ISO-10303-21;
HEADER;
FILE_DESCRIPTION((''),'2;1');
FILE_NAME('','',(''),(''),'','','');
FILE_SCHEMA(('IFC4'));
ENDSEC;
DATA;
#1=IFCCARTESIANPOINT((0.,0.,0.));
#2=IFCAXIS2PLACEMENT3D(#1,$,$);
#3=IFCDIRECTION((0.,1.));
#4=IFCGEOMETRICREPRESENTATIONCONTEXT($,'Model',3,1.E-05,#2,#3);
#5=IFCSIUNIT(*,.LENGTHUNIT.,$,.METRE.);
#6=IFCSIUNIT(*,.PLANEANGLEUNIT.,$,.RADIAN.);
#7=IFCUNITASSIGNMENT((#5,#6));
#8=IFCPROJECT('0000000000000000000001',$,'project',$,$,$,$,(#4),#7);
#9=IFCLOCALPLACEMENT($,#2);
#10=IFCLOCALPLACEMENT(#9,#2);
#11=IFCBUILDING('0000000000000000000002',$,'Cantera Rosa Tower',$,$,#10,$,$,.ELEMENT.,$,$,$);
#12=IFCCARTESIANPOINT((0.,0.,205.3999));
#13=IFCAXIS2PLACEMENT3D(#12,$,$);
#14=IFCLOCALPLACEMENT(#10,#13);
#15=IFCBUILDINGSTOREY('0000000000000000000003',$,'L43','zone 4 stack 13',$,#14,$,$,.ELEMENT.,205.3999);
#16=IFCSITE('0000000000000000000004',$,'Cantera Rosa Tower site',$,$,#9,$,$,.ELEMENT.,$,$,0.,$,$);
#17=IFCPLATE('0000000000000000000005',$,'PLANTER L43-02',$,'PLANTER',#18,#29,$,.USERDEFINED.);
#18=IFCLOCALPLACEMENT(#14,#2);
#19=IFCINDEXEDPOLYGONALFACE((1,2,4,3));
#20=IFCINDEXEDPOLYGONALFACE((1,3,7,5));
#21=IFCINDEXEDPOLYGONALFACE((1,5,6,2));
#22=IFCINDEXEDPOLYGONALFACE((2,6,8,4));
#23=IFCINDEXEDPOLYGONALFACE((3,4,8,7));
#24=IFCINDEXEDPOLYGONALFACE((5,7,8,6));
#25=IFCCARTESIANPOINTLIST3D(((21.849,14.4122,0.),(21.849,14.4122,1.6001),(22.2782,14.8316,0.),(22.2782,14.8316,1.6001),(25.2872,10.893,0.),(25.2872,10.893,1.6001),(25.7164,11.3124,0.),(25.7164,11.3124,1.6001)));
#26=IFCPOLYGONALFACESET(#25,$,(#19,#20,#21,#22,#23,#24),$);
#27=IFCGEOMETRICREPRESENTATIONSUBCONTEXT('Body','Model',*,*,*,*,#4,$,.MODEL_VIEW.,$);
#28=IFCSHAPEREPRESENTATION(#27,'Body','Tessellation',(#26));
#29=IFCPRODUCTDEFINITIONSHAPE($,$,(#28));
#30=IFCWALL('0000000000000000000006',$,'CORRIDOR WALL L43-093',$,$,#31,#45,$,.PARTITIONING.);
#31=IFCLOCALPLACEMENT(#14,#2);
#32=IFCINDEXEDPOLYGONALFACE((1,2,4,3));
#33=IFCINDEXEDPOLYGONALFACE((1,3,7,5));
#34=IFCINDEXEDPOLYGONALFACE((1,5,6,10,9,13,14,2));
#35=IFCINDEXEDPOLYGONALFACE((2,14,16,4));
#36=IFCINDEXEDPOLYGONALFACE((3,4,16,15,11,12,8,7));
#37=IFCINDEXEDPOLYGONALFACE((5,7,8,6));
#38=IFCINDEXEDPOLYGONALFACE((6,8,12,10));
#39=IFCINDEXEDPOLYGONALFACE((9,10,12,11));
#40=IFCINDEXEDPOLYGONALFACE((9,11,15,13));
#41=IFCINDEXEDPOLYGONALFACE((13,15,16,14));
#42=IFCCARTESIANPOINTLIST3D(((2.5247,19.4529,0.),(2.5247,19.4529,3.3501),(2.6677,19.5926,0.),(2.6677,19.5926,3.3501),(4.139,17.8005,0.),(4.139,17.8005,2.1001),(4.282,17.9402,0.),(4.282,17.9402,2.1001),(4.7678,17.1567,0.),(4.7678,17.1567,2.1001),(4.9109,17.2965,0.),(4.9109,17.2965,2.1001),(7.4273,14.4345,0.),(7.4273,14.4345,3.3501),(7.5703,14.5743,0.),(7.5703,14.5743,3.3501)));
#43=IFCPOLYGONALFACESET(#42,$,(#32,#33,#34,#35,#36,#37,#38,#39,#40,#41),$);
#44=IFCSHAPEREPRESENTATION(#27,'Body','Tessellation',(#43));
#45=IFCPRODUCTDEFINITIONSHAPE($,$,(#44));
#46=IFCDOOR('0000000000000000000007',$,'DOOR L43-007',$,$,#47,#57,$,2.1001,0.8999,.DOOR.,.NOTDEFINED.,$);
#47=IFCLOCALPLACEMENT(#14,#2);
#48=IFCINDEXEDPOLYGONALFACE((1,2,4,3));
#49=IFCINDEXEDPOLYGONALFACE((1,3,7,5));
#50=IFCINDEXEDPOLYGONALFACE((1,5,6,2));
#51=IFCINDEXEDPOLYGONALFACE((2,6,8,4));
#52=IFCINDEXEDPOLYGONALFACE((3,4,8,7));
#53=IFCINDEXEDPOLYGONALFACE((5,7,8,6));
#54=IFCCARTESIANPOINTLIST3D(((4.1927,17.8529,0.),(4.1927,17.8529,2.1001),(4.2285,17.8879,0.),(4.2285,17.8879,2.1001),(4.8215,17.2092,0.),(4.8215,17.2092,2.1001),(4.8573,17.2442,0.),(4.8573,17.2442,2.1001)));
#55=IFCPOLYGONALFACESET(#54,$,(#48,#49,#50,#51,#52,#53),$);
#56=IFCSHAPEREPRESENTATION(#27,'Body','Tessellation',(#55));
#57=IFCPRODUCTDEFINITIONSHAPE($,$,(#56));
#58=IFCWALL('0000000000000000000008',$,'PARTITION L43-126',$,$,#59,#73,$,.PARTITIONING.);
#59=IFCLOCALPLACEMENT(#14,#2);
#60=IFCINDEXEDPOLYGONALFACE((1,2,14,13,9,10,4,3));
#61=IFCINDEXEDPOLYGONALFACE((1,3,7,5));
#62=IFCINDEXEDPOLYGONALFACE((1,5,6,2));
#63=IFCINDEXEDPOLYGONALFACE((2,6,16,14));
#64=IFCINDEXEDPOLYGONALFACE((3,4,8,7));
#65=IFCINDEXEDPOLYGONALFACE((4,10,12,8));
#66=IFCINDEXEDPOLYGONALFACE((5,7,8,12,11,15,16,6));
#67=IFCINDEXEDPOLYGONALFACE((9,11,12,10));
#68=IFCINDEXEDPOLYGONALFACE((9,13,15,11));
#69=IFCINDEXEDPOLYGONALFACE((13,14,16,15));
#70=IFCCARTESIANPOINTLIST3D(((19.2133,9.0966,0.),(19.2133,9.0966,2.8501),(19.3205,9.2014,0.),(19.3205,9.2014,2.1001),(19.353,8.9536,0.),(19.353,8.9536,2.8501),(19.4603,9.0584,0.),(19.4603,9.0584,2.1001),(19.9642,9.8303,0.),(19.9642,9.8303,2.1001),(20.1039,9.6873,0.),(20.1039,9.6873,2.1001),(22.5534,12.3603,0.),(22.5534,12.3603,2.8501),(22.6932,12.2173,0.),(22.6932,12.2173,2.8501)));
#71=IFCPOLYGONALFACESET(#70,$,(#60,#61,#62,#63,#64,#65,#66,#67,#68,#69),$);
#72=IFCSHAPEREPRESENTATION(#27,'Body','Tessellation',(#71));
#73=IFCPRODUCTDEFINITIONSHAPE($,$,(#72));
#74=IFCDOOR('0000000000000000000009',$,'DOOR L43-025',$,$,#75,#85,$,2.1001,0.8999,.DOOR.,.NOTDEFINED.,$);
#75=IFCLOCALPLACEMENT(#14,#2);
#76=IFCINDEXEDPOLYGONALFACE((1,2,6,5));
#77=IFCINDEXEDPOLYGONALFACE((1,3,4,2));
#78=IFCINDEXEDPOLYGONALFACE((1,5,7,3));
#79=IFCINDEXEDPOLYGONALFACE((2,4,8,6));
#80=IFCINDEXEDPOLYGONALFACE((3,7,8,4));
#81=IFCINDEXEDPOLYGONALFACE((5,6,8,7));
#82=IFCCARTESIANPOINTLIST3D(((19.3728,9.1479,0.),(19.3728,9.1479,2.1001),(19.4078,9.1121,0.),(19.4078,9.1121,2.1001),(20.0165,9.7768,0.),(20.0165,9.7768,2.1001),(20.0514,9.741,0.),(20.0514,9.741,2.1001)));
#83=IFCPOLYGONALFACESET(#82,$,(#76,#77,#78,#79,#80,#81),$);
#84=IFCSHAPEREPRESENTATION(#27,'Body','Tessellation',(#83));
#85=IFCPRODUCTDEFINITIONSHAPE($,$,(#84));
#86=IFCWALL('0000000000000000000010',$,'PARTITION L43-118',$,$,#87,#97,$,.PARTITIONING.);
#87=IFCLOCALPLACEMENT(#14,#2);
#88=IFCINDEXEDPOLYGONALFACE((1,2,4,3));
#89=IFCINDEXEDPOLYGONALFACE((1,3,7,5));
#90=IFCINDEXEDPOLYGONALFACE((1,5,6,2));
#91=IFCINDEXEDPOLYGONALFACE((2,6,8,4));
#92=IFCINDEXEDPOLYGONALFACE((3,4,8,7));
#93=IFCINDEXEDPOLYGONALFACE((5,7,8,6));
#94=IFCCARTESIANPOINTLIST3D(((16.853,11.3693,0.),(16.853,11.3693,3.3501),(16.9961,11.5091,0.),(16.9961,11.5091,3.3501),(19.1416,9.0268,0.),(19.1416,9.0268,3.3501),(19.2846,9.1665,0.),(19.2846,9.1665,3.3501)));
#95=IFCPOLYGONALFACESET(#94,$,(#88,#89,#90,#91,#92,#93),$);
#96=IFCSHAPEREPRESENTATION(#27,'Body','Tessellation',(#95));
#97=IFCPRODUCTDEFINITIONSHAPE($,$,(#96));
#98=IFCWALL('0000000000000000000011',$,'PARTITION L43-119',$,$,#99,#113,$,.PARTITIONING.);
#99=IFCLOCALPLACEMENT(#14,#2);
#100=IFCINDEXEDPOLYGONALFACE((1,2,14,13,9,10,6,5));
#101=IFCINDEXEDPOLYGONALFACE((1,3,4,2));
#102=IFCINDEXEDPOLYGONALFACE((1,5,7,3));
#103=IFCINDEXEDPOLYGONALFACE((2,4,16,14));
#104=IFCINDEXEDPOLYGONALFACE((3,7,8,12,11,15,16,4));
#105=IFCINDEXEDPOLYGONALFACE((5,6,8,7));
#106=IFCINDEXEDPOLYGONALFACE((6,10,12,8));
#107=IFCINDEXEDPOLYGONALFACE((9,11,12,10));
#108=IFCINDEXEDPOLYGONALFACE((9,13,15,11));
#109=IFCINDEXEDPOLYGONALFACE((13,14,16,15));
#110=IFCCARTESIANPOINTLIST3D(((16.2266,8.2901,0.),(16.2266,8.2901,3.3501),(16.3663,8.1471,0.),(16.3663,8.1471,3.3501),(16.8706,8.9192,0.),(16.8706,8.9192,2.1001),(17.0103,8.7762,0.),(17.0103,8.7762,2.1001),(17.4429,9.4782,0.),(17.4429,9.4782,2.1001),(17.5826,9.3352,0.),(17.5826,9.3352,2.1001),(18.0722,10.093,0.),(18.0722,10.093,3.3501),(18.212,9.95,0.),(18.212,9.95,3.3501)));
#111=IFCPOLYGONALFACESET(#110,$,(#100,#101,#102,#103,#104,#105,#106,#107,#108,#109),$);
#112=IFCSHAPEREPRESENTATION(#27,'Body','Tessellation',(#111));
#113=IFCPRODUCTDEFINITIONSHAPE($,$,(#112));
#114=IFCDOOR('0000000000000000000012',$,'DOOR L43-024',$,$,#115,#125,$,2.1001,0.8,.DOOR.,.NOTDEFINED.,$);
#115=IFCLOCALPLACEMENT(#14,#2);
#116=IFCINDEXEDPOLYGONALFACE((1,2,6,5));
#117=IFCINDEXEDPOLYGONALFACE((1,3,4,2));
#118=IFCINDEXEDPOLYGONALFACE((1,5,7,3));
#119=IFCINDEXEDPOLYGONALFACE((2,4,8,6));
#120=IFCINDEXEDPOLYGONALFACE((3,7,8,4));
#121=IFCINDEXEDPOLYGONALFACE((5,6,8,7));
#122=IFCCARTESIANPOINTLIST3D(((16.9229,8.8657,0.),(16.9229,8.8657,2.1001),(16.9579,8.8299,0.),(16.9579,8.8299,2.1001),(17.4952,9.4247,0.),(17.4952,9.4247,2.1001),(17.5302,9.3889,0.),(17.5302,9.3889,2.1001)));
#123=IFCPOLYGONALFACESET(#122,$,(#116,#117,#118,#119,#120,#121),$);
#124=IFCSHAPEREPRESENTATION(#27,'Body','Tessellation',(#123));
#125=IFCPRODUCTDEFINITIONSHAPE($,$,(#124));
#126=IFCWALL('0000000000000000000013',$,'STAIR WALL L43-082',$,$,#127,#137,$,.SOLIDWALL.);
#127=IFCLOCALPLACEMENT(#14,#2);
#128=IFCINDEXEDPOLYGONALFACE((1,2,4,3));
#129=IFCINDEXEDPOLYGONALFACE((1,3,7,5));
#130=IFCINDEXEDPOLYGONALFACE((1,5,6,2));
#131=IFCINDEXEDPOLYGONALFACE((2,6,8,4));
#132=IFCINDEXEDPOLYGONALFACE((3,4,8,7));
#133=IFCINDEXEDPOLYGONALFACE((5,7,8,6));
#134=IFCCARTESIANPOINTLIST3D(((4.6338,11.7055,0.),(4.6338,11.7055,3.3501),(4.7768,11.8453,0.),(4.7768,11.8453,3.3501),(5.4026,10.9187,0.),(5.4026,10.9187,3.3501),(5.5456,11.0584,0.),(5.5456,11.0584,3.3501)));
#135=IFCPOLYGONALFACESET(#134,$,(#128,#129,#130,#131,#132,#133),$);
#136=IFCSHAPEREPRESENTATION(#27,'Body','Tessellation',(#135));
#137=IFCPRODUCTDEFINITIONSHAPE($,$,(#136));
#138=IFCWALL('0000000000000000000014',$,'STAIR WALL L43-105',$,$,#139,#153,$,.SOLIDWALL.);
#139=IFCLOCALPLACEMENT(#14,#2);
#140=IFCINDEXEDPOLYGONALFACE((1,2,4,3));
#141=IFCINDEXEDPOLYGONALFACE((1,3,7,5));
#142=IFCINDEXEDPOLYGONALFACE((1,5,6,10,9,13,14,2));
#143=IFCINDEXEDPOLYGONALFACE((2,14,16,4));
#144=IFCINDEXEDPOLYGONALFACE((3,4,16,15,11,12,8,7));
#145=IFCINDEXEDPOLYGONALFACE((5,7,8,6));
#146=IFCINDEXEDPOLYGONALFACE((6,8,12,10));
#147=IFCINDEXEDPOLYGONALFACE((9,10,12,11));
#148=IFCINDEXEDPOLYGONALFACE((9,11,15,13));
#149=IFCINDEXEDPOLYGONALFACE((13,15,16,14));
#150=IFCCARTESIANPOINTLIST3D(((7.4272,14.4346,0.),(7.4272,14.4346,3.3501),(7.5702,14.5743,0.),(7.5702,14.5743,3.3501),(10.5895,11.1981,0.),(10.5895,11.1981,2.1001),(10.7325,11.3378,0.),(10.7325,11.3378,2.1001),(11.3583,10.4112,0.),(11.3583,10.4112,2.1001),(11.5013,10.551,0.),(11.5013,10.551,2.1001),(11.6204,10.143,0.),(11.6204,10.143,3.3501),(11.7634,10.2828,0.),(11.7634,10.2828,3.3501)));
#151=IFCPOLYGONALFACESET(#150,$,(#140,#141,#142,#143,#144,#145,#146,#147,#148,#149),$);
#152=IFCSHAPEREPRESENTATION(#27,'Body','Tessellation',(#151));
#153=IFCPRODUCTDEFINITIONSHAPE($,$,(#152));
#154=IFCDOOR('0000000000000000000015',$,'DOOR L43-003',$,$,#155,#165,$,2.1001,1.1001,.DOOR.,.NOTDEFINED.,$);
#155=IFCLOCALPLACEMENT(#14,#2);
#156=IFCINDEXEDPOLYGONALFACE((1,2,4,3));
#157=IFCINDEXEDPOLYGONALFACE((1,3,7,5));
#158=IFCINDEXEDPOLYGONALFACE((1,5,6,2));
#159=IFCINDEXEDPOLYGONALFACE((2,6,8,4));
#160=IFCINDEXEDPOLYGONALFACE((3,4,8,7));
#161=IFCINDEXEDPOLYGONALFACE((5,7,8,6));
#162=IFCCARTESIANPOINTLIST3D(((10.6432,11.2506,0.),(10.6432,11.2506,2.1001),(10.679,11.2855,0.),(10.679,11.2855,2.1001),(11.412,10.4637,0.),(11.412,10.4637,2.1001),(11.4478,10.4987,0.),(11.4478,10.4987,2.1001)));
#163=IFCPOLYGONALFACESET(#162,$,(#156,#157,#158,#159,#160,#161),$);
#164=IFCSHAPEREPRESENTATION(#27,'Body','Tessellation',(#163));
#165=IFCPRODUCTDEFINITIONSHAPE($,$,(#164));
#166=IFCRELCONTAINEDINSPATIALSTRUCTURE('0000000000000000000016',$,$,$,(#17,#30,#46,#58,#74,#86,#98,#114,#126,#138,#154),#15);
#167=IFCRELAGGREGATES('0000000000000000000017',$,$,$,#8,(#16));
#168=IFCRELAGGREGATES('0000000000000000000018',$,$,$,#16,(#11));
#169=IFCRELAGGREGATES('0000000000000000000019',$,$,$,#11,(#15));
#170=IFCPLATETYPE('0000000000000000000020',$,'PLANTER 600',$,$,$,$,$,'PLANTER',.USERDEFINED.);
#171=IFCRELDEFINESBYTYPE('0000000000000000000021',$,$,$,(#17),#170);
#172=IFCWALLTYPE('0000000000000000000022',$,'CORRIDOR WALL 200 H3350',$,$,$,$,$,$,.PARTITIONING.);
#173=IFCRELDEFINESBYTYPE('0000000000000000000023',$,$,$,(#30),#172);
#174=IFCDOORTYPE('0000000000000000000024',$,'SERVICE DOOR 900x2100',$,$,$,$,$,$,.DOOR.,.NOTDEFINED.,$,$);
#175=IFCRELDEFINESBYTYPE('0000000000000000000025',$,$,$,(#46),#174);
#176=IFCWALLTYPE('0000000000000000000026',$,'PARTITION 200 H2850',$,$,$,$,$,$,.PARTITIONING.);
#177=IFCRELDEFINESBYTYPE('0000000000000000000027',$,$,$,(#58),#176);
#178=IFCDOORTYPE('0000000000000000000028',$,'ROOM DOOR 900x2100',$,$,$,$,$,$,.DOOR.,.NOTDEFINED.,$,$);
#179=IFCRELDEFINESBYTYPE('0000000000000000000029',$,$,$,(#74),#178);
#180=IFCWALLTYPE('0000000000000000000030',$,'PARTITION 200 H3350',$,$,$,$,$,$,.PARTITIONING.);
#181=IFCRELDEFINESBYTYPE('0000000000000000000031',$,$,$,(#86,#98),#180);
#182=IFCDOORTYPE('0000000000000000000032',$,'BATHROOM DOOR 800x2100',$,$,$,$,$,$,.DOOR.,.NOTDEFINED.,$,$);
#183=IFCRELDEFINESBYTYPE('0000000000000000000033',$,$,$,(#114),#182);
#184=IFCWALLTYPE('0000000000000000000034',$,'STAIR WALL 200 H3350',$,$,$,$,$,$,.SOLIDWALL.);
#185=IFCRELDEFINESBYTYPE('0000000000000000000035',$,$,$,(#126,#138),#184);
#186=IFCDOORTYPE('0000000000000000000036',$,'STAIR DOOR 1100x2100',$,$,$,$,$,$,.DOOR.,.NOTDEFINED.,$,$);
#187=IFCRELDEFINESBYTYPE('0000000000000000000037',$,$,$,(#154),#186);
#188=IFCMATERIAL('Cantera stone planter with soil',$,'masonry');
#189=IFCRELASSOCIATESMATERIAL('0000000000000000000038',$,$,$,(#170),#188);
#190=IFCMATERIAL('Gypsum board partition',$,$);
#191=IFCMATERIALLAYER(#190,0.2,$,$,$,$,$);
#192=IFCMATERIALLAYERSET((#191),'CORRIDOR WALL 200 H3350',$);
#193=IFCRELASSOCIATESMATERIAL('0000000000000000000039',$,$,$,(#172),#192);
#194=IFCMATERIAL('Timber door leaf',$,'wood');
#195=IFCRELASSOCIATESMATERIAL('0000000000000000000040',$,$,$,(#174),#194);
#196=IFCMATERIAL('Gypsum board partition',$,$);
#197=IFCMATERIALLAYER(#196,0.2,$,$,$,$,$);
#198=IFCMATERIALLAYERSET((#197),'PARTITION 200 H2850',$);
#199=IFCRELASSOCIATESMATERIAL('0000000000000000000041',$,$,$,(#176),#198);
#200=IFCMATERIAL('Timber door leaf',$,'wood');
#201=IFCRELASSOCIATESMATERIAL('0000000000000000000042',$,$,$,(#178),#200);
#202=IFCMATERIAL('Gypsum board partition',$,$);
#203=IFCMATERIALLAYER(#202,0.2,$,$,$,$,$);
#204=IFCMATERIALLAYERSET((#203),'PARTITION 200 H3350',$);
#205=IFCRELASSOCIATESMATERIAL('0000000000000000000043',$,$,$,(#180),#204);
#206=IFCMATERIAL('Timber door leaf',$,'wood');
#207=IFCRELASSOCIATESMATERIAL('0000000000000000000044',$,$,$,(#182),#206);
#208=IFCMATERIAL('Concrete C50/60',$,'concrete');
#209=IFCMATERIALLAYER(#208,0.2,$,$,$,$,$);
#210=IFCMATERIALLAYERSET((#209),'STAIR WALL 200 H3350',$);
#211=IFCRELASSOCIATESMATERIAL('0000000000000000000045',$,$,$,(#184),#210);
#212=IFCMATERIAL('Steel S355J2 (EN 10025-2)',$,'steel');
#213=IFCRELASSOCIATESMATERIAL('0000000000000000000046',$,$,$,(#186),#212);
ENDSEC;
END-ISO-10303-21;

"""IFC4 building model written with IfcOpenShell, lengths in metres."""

from ifc_helpers import new_model, si_unit, direction, frame, frame_2d, origin, origin_2d, place, context, subcontext, project, spatial, rectangle, extrude, material, layer, layer_set, type_object, element, fill, save


model = new_model("IFC4")

# Units and contexts
model_context = context("Model", 3, precision=1e-05, world=origin(), true_north=direction((0.0, 1.0)))
body_context = subcontext(model_context, "Body", "Model", "MODEL_VIEW")
ifc_project = project(units=[si_unit("LENGTHUNIT", "METRE"), si_unit("PLANEANGLEUNIT", "RADIAN")], contexts=[model_context])

# Site, building, storey
site_placement = place(None, origin())
site = spatial("IfcSite", under=ifc_project, at=site_placement, Name="Cantera Rosa Tower site", CompositionType="ELEMENT", RefElevation=0.0)
building_placement = place(site_placement, origin())
building = spatial("IfcBuilding", under=site, at=building_placement, Name="Cantera Rosa Tower", CompositionType="ELEMENT")
storey_placement = place(building_placement, frame((0.0, 0.0, 205.3999)))
storey = spatial("IfcBuildingStorey", under=building, at=storey_placement, Name="L43", Description="zone 4 stack 13", CompositionType="ELEMENT", Elevation=205.3999)

# Plate
ifc_material_1 = material(Name="Cantera stone planter with soil", Category="masonry")
plate_type = type_object("IfcPlateType", Name="PLANTER 600", ElementType="PLANTER", PredefinedType="USERDEFINED", material=ifc_material_1)
plate_placement = place(storey_placement, frame((23.7827, 12.8623, 0.0), z_axis=(0.0, 0.0, 1.0), x_axis=(-0.698832, 0.715286, 0.0)))
element("IfcPlate", 1, at=plate_placement, inside=storey, type_object=plate_type, Name="PLANTER L43-02", ObjectType="PLANTER", PredefinedType="USERDEFINED", context=body_context, shape_type="SweptSolid", body=[
    extrude(rectangle(XDim=4.9199, YDim=0.6001, at=origin_2d()), origin(), (0.0, 0.0, 1.0), 1.6001),
])

# Wall, opening, door
ifc_material_2 = material(Name="Gypsum board partition")
ifc_layer_1 = layer(ifc_material_2, 0.2)
ifc_layer_set_1 = layer_set([ifc_layer_1], Name="CORRIDOR WALL 200 H3350")
wall_type_1 = type_object("IfcWallType", Name="CORRIDOR WALL 200 H3350", PredefinedType="PARTITIONING", material=ifc_layer_set_1)
wall_1_placement = place(storey_placement, frame((7.4988, 14.5044, 0.0), z_axis=(0.0, 0.0, 1.0), x_axis=(-0.698811, 0.715306, 0.0)))
wall_1 = element("IfcWall", 2, at=wall_1_placement, inside=storey, type_object=wall_type_1, Name="CORRIDOR WALL L43-093", PredefinedType="PARTITIONING", context=body_context, shape_type="SweptSolid", body=[
    extrude(rectangle(XDim=7.0156, YDim=0.2, at=frame_2d((3.5078, 0.0))), origin(), (0.0, 0.0, 1.0), 3.3501),
])
opening_1_placement = place(wall_1_placement, frame((3.8057, 0.0, 0.0)))
opening_1 = element("IfcOpeningElement", 3, at=opening_1_placement, cuts=wall_1, PredefinedType="OPENING", context=body_context, shape_type="SweptSolid", body=[
    extrude(rectangle(XDim=0.8999, YDim=2.1001, at=frame_2d((0.45, 1.05))), frame((0.0, 0.1099, 0.0), z_axis=(0.0, -1.0, 0.0), x_axis=(1.0, 0.0, 0.0)), (0.0, 0.0, 1.0), 0.22),
])
ifc_material_3 = material(Name="Timber door leaf", Category="wood")
door_type_1 = type_object("IfcDoorType", Name="SERVICE DOOR 900x2100", OperationType="NOTDEFINED", PredefinedType="DOOR", material=ifc_material_3)
door_1_placement = place(opening_1_placement, origin())
door_1 = element("IfcDoor", 4, at=door_1_placement, inside=storey, type_object=door_type_1, Name="DOOR L43-007", OperationType="NOTDEFINED", OverallHeight=2.1001, OverallWidth=0.8999, PredefinedType="DOOR", context=body_context, shape_type="SweptSolid", body=[
    extrude(rectangle(XDim=0.8999, YDim=2.1001, at=frame_2d((0.45, 1.05))), frame((0.0, 0.0249, 0.0), z_axis=(0.0, -1.0, 0.0), x_axis=(1.0, 0.0, 0.0)), (0.0, 0.0, 1.0), 0.05),
])
fill(opening_1, door_1)

# Wall, opening, door
ifc_material_4 = material(Name="Gypsum board partition")
ifc_layer_2 = layer(ifc_material_4, 0.2)
ifc_layer_set_2 = layer_set([ifc_layer_2], Name="PARTITION 200 H2850")
wall_type_2 = type_object("IfcWallType", Name="PARTITION 200 H2850", PredefinedType="PARTITIONING", material=ifc_layer_set_2)
wall_2_placement = place(storey_placement, frame((22.6233, 12.2888, 0.0), z_axis=(0.0, 0.0, 1.0), x_axis=(-0.715241, -0.698878, 0.0)))
wall_2 = element("IfcWall", 5, at=wall_2_placement, inside=storey, type_object=wall_type_2, Name="PARTITION L43-126", PredefinedType="PARTITIONING", context=body_context, shape_type="SweptSolid", body=[
    extrude(rectangle(XDim=4.6699, YDim=0.2, at=frame_2d((2.335, 0.0))), origin(), (0.0, 0.0, 1.0), 2.8501),
])
opening_2_placement = place(wall_2_placement, frame((3.6201, 0.0, 0.0)))
opening_2 = element("IfcOpeningElement", 6, at=opening_2_placement, cuts=wall_2, PredefinedType="OPENING", context=body_context, shape_type="SweptSolid", body=[
    extrude(rectangle(XDim=0.8999, YDim=2.1001, at=frame_2d((0.45, 1.05))), frame((0.0, 0.1099, 0.0), z_axis=(0.0, -1.0, 0.0), x_axis=(1.0, 0.0, 0.0)), (0.0, 0.0, 1.0), 0.22),
])
ifc_material_5 = material(Name="Timber door leaf", Category="wood")
door_type_2 = type_object("IfcDoorType", Name="ROOM DOOR 900x2100", OperationType="NOTDEFINED", PredefinedType="DOOR", material=ifc_material_5)
door_2_placement = place(opening_2_placement, origin())
door_2 = element("IfcDoor", 7, at=door_2_placement, inside=storey, type_object=door_type_2, Name="DOOR L43-025", OperationType="NOTDEFINED", OverallHeight=2.1001, OverallWidth=0.8999, PredefinedType="DOOR", context=body_context, shape_type="SweptSolid", body=[
    extrude(rectangle(XDim=0.8999, YDim=2.1001, at=frame_2d((0.45, 1.05))), frame((0.0, 0.0249, 0.0), z_axis=(0.0, -1.0, 0.0), x_axis=(1.0, 0.0, 0.0)), (0.0, 0.0, 1.0), 0.05),
])
fill(opening_2, door_2)

# Wall
ifc_material_6 = material(Name="Gypsum board partition")
ifc_layer_3 = layer(ifc_material_6, 0.2)
ifc_layer_set_3 = layer_set([ifc_layer_3], Name="PARTITION 200 H3350")
wall_type_3 = type_object("IfcWallType", Name="PARTITION 200 H3350", PredefinedType="PARTITIONING", material=ifc_layer_set_3)
wall_3_placement = place(storey_placement, frame((16.9246, 11.4392, 0.0), z_axis=(0.0, 0.0, 1.0), x_axis=(0.698821, -0.715296, 0.0)))
element("IfcWall", 8, at=wall_3_placement, inside=storey, type_object=wall_type_3, Name="PARTITION L43-118", PredefinedType="PARTITIONING", context=body_context, shape_type="SweptSolid", body=[
    extrude(rectangle(XDim=3.2749, YDim=0.2, at=frame_2d((1.6375, 0.0))), origin(), (0.0, 0.0, 1.0), 3.3501),
])

# Wall, opening, door
wall_4_placement = place(storey_placement, frame((18.1421, 10.0215, 0.0), z_axis=(0.0, 0.0, 1.0), x_axis=(-0.715338, -0.698779, 0.0)))
wall_4 = element("IfcWall", 9, at=wall_4_placement, inside=storey, type_object=wall_type_3, Name="PARTITION L43-119", PredefinedType="PARTITIONING", context=body_context, shape_type="SweptSolid", body=[
    extrude(rectangle(XDim=2.5801, YDim=0.2, at=frame_2d((1.29, 0.0))), origin(), (0.0, 0.0, 1.0), 3.3501),
])
opening_3_placement = place(wall_4_placement, frame((0.8799, 0.0, 0.0)))
opening_3 = element("IfcOpeningElement", 10, at=opening_3_placement, cuts=wall_4, PredefinedType="OPENING", context=body_context, shape_type="SweptSolid", body=[
    extrude(rectangle(XDim=0.8, YDim=2.1001, at=frame_2d((0.3999, 1.05))), frame((0.0, 0.1099, 0.0), z_axis=(0.0, -1.0, 0.0), x_axis=(1.0, 0.0, 0.0)), (0.0, 0.0, 1.0), 0.22),
])
ifc_material_7 = material(Name="Timber door leaf", Category="wood")
door_type_3 = type_object("IfcDoorType", Name="BATHROOM DOOR 800x2100", OperationType="NOTDEFINED", PredefinedType="DOOR", material=ifc_material_7)
door_3_placement = place(opening_3_placement, origin())
door_3 = element("IfcDoor", 11, at=door_3_placement, inside=storey, type_object=door_type_3, Name="DOOR L43-024", OperationType="NOTDEFINED", OverallHeight=2.1001, OverallWidth=0.8, PredefinedType="DOOR", context=body_context, shape_type="SweptSolid", body=[
    extrude(rectangle(XDim=0.8, YDim=2.1001, at=frame_2d((0.3999, 1.05))), frame((0.0, 0.0249, 0.0), z_axis=(0.0, -1.0, 0.0), x_axis=(1.0, 0.0, 0.0)), (0.0, 0.0, 1.0), 0.05),
])
fill(opening_3, door_3)

# Wall
ifc_material_8 = material(Name="Concrete C50/60", Category="concrete")
ifc_layer_4 = layer(ifc_material_8, 0.2)
ifc_layer_set_4 = layer_set([ifc_layer_4], Name="STAIR WALL 200 H3350")
wall_type_4 = type_object("IfcWallType", Name="STAIR WALL 200 H3350", PredefinedType="SOLIDWALL", material=ifc_layer_set_4)
wall_5_placement = place(storey_placement, frame((4.7053, 11.7754, 0.0), z_axis=(0.0, 0.0, 1.0), x_axis=(0.698848, -0.71527, 0.0)))
element("IfcWall", 12, at=wall_5_placement, inside=storey, type_object=wall_type_4, Name="STAIR WALL L43-082", PredefinedType="SOLIDWALL", context=body_context, shape_type="SweptSolid", body=[
    extrude(rectangle(XDim=1.1001, YDim=0.2, at=frame_2d((0.55, 0.0))), origin(), (0.0, 0.0, 1.0), 3.3501),
])

# Wall, opening, door
wall_6_placement = place(storey_placement, frame((11.6919, 10.2129, 0.0), z_axis=(0.0, 0.0, 1.0), x_axis=(-0.69886, 0.715258, 0.0)))
wall_6 = element("IfcWall", 13, at=wall_6_placement, inside=storey, type_object=wall_type_4, Name="STAIR WALL L43-105", PredefinedType="SOLIDWALL", context=body_context, shape_type="SweptSolid", body=[
    extrude(rectangle(XDim=6.0, YDim=0.2, at=frame_2d((3.0, 0.0))), origin(), (0.0, 0.0, 1.0), 3.3501),
])
opening_4_placement = place(wall_6_placement, frame((0.375, 0.0, 0.0)))
opening_4 = element("IfcOpeningElement", 14, at=opening_4_placement, cuts=wall_6, PredefinedType="OPENING", context=body_context, shape_type="SweptSolid", body=[
    extrude(rectangle(XDim=1.1001, YDim=2.1001, at=frame_2d((0.55, 1.05))), frame((0.0, 0.1099, 0.0), z_axis=(0.0, -1.0, 0.0), x_axis=(1.0, 0.0, 0.0)), (0.0, 0.0, 1.0), 0.22),
])
ifc_material_9 = material(Name="Steel S355J2 (EN 10025-2)", Category="steel")
door_type_4 = type_object("IfcDoorType", Name="STAIR DOOR 1100x2100", OperationType="NOTDEFINED", PredefinedType="DOOR", material=ifc_material_9)
door_4_placement = place(opening_4_placement, origin())
door_4 = element("IfcDoor", 15, at=door_4_placement, inside=storey, type_object=door_type_4, Name="DOOR L43-003", OperationType="NOTDEFINED", OverallHeight=2.1001, OverallWidth=1.1001, PredefinedType="DOOR", context=body_context, shape_type="SweptSolid", body=[
    extrude(rectangle(XDim=1.1001, YDim=2.1001, at=frame_2d((0.55, 1.05))), frame((0.0, 0.0249, 0.0), z_axis=(0.0, -1.0, 0.0), x_axis=(1.0, 0.0, 0.0)), (0.0, 0.0, 1.0), 0.05),
])
fill(opening_4, door_4)

save(model, "model.ifc")
